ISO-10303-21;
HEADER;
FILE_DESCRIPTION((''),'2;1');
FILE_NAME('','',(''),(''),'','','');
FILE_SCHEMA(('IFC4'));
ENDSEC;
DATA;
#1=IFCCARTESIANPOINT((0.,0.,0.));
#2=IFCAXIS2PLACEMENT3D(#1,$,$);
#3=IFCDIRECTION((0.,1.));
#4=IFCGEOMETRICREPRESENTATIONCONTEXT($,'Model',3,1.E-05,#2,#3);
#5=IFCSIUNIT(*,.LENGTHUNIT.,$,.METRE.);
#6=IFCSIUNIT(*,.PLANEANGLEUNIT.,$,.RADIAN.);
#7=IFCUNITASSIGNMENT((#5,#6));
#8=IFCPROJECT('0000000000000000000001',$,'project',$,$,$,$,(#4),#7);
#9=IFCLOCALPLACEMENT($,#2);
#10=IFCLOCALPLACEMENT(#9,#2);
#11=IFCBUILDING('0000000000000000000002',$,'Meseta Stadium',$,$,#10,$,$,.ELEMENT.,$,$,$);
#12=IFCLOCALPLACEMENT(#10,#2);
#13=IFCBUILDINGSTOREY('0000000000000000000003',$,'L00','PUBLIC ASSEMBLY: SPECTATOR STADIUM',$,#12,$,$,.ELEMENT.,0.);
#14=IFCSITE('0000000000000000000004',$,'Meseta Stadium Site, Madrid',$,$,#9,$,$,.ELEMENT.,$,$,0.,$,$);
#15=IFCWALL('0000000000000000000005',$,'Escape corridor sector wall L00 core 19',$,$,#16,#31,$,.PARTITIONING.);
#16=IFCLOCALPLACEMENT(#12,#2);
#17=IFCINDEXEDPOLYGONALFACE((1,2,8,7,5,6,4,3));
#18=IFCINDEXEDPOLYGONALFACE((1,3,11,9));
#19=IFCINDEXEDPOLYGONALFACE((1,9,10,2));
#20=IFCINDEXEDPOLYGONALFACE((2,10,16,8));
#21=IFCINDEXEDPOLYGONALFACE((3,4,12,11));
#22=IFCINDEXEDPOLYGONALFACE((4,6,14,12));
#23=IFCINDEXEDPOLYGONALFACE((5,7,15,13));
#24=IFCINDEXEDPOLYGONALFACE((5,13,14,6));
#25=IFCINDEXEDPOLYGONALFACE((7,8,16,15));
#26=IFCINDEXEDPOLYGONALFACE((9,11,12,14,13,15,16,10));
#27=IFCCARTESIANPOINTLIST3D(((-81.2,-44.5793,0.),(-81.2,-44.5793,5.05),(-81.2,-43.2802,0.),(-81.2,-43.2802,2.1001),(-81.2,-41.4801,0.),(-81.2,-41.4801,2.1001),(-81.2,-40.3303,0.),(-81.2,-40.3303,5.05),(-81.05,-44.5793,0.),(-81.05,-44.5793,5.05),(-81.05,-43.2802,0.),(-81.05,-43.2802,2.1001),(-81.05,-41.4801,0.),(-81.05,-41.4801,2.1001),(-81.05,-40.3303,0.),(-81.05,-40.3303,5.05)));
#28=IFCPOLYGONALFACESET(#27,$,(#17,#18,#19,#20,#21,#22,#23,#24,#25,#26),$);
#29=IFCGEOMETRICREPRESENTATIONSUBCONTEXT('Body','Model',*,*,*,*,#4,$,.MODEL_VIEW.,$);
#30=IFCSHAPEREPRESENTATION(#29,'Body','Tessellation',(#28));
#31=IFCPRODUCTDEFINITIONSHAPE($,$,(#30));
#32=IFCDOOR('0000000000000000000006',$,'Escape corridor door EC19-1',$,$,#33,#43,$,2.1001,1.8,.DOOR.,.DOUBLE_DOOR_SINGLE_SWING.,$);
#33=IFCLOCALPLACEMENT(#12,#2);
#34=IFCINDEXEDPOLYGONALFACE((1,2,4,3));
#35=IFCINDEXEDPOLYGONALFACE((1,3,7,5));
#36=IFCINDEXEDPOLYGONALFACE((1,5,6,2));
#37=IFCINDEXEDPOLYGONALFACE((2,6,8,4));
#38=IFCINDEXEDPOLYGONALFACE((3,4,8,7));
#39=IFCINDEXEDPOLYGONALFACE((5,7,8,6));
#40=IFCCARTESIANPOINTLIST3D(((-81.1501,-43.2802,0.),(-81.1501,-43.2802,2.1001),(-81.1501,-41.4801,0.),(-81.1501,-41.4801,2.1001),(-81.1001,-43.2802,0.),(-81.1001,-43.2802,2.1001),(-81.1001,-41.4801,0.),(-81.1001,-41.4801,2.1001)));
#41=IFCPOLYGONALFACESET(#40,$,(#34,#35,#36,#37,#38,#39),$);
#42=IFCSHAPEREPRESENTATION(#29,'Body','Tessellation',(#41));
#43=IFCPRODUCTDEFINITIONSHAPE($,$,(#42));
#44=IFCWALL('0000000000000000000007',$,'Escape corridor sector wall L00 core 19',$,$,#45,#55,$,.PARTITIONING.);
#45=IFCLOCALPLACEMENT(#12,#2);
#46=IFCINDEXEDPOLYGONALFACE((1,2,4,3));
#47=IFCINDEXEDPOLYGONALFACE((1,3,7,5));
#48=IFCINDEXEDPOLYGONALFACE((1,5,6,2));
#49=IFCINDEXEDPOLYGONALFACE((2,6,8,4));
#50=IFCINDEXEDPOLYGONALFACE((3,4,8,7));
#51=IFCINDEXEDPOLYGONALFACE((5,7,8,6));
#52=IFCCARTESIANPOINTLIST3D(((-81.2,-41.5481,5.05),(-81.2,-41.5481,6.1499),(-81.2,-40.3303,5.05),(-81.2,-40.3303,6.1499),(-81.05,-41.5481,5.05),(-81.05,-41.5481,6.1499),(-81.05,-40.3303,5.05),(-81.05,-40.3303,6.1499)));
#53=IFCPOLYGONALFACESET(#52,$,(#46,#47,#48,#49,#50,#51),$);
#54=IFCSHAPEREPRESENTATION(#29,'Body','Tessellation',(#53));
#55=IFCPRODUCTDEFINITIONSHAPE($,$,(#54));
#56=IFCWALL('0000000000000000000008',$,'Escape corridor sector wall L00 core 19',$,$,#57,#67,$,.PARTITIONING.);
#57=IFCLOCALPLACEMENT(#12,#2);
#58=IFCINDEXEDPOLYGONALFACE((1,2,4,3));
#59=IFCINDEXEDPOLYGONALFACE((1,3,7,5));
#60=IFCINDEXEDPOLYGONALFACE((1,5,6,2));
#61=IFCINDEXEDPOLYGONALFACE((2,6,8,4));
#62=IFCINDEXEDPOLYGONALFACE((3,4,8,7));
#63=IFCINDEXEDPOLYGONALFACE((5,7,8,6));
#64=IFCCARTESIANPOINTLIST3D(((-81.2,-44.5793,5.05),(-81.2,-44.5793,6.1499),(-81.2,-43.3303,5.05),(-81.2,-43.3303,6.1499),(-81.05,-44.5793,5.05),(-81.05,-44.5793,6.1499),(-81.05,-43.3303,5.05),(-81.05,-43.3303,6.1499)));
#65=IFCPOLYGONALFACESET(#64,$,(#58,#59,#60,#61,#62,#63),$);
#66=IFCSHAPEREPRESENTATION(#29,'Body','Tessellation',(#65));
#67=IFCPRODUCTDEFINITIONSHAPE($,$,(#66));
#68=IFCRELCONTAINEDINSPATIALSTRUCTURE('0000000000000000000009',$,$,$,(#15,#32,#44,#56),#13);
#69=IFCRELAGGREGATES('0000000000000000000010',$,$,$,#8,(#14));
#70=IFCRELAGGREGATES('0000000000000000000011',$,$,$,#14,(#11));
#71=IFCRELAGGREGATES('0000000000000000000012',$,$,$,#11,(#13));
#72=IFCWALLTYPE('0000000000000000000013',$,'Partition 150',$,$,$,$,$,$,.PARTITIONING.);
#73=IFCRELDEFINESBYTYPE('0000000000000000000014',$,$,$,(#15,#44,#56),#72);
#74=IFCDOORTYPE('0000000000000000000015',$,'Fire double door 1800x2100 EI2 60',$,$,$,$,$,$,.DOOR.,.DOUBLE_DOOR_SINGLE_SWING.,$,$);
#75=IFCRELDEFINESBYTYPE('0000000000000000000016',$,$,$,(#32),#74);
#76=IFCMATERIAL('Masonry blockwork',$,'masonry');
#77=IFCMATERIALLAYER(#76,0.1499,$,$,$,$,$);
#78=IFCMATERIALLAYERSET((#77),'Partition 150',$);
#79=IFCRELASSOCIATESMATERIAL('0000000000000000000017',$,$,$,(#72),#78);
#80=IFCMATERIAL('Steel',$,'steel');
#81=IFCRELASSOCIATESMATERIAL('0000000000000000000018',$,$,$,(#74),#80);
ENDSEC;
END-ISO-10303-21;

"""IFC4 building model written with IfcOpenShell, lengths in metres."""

from ifc_helpers import new_model, si_unit, direction, frame, frame_2d, origin, place, context, subcontext, project, spatial, rectangle, extrude, material, layer, layer_set, type_object, element, fill, save


model = new_model("IFC4")

# Units and contexts
model_context = context("Model", 3, precision=1e-05, world=origin(), true_north=direction((0.0, 1.0)))
body_context = subcontext(model_context, "Body", "Model", "MODEL_VIEW")
ifc_project = project(units=[si_unit("LENGTHUNIT", "METRE"), si_unit("PLANEANGLEUNIT", "RADIAN")], contexts=[model_context])

# Site, building, storey
site_placement = place(None, origin())
site = spatial("IfcSite", under=ifc_project, at=site_placement, Name="Meseta Stadium Site, Madrid", CompositionType="ELEMENT", RefElevation=0.0)
building_placement = place(site_placement, origin())
building = spatial("IfcBuilding", under=site, at=building_placement, Name="Meseta Stadium", CompositionType="ELEMENT")
storey_placement = place(building_placement, origin())
storey = spatial("IfcBuildingStorey", under=building, at=storey_placement, Name="L00", Description="PUBLIC ASSEMBLY: SPECTATOR STADIUM", CompositionType="ELEMENT", Elevation=0.0)

# Shared definitions
ifc_material_1 = material(Name="Masonry blockwork", Category="masonry")
ifc_layer_1 = layer(ifc_material_1, 0.1499)
ifc_layer_set_1 = layer_set([ifc_layer_1], Name="Partition 150")
wall_type_1 = type_object("IfcWallType", Name="Partition 150", PredefinedType="PARTITIONING", material=ifc_layer_set_1)

# Wall, opening, door
wall_1_placement = place(storey_placement, frame((-81.125, -40.3303, 0.0), z_axis=(0.0, 0.0, 1.0), x_axis=(0.0, -1.0, 0.0)))
wall_1 = element("IfcWall", 1, at=wall_1_placement, inside=storey, type_object=wall_type_1, Name="Escape corridor sector wall L00 core 19", PredefinedType="PARTITIONING", context=body_context, shape_type="SweptSolid", body=[
    extrude(rectangle(XDim=4.249, YDim=0.1499, at=frame_2d((2.1245, 0.0))), origin(), (0.0, 0.0, 1.0), 5.05),
])
opening_1_placement = place(wall_1_placement, frame((1.1499, 0.0, 0.0)))
opening_1 = element("IfcOpeningElement", 2, at=opening_1_placement, cuts=wall_1, PredefinedType="OPENING", context=body_context, shape_type="SweptSolid", body=[
    extrude(rectangle(XDim=1.8, YDim=2.1001, at=frame_2d((0.8999, 1.05))), frame((0.0, 0.085, 0.0), z_axis=(0.0, -1.0, 0.0), x_axis=(1.0, 0.0, 0.0)), (0.0, 0.0, 1.0), 0.1699),
])
ifc_material_2 = material(Name="Steel", Category="steel")
door_type_1 = type_object("IfcDoorType", Name="Fire double door 1800x2100 EI2 60", OperationType="DOUBLE_DOOR_SINGLE_SWING", PredefinedType="DOOR", material=ifc_material_2)
door_1_placement = place(opening_1_placement, origin())
door_1 = element("IfcDoor", 3, at=door_1_placement, inside=storey, type_object=door_type_1, Name="Escape corridor door EC19-1", OperationType="DOUBLE_DOOR_SINGLE_SWING", OverallHeight=2.1001, OverallWidth=1.8, PredefinedType="DOOR", context=body_context, shape_type="SweptSolid", body=[
    extrude(rectangle(XDim=1.8, YDim=2.1001, at=frame_2d((0.8999, 1.05))), frame((0.0, 0.0249, 0.0), z_axis=(0.0, -1.0, 0.0), x_axis=(1.0, 0.0, 0.0)), (0.0, 0.0, 1.0), 0.05),
])
fill(opening_1, door_1)

# Walls
wall_2_placement = place(storey_placement, frame((-81.125, -40.3303, 5.05), z_axis=(0.0, 0.0, 1.0), x_axis=(0.0, -1.0, 0.0)))
element("IfcWall", 4, at=wall_2_placement, inside=storey, type_object=wall_type_1, Name="Escape corridor sector wall L00 core 19", PredefinedType="PARTITIONING", context=body_context, shape_type="SweptSolid", body=[
    extrude(rectangle(XDim=1.2178, YDim=0.1499, at=frame_2d((0.6089, 0.0))), origin(), (0.0, 0.0, 1.0), 1.0999),
])
wall_3_placement = place(storey_placement, frame((-81.125, -43.3303, 5.05), z_axis=(0.0, 0.0, 1.0), x_axis=(0.0, -1.0, 0.0)))
element("IfcWall", 5, at=wall_3_placement, inside=storey, type_object=wall_type_1, Name="Escape corridor sector wall L00 core 19", PredefinedType="PARTITIONING", context=body_context, shape_type="SweptSolid", body=[
    extrude(rectangle(XDim=1.249, YDim=0.1499, at=frame_2d((0.6245, 0.0))), origin(), (0.0, 0.0, 1.0), 1.0999),
])

save(model, "model.ifc")
